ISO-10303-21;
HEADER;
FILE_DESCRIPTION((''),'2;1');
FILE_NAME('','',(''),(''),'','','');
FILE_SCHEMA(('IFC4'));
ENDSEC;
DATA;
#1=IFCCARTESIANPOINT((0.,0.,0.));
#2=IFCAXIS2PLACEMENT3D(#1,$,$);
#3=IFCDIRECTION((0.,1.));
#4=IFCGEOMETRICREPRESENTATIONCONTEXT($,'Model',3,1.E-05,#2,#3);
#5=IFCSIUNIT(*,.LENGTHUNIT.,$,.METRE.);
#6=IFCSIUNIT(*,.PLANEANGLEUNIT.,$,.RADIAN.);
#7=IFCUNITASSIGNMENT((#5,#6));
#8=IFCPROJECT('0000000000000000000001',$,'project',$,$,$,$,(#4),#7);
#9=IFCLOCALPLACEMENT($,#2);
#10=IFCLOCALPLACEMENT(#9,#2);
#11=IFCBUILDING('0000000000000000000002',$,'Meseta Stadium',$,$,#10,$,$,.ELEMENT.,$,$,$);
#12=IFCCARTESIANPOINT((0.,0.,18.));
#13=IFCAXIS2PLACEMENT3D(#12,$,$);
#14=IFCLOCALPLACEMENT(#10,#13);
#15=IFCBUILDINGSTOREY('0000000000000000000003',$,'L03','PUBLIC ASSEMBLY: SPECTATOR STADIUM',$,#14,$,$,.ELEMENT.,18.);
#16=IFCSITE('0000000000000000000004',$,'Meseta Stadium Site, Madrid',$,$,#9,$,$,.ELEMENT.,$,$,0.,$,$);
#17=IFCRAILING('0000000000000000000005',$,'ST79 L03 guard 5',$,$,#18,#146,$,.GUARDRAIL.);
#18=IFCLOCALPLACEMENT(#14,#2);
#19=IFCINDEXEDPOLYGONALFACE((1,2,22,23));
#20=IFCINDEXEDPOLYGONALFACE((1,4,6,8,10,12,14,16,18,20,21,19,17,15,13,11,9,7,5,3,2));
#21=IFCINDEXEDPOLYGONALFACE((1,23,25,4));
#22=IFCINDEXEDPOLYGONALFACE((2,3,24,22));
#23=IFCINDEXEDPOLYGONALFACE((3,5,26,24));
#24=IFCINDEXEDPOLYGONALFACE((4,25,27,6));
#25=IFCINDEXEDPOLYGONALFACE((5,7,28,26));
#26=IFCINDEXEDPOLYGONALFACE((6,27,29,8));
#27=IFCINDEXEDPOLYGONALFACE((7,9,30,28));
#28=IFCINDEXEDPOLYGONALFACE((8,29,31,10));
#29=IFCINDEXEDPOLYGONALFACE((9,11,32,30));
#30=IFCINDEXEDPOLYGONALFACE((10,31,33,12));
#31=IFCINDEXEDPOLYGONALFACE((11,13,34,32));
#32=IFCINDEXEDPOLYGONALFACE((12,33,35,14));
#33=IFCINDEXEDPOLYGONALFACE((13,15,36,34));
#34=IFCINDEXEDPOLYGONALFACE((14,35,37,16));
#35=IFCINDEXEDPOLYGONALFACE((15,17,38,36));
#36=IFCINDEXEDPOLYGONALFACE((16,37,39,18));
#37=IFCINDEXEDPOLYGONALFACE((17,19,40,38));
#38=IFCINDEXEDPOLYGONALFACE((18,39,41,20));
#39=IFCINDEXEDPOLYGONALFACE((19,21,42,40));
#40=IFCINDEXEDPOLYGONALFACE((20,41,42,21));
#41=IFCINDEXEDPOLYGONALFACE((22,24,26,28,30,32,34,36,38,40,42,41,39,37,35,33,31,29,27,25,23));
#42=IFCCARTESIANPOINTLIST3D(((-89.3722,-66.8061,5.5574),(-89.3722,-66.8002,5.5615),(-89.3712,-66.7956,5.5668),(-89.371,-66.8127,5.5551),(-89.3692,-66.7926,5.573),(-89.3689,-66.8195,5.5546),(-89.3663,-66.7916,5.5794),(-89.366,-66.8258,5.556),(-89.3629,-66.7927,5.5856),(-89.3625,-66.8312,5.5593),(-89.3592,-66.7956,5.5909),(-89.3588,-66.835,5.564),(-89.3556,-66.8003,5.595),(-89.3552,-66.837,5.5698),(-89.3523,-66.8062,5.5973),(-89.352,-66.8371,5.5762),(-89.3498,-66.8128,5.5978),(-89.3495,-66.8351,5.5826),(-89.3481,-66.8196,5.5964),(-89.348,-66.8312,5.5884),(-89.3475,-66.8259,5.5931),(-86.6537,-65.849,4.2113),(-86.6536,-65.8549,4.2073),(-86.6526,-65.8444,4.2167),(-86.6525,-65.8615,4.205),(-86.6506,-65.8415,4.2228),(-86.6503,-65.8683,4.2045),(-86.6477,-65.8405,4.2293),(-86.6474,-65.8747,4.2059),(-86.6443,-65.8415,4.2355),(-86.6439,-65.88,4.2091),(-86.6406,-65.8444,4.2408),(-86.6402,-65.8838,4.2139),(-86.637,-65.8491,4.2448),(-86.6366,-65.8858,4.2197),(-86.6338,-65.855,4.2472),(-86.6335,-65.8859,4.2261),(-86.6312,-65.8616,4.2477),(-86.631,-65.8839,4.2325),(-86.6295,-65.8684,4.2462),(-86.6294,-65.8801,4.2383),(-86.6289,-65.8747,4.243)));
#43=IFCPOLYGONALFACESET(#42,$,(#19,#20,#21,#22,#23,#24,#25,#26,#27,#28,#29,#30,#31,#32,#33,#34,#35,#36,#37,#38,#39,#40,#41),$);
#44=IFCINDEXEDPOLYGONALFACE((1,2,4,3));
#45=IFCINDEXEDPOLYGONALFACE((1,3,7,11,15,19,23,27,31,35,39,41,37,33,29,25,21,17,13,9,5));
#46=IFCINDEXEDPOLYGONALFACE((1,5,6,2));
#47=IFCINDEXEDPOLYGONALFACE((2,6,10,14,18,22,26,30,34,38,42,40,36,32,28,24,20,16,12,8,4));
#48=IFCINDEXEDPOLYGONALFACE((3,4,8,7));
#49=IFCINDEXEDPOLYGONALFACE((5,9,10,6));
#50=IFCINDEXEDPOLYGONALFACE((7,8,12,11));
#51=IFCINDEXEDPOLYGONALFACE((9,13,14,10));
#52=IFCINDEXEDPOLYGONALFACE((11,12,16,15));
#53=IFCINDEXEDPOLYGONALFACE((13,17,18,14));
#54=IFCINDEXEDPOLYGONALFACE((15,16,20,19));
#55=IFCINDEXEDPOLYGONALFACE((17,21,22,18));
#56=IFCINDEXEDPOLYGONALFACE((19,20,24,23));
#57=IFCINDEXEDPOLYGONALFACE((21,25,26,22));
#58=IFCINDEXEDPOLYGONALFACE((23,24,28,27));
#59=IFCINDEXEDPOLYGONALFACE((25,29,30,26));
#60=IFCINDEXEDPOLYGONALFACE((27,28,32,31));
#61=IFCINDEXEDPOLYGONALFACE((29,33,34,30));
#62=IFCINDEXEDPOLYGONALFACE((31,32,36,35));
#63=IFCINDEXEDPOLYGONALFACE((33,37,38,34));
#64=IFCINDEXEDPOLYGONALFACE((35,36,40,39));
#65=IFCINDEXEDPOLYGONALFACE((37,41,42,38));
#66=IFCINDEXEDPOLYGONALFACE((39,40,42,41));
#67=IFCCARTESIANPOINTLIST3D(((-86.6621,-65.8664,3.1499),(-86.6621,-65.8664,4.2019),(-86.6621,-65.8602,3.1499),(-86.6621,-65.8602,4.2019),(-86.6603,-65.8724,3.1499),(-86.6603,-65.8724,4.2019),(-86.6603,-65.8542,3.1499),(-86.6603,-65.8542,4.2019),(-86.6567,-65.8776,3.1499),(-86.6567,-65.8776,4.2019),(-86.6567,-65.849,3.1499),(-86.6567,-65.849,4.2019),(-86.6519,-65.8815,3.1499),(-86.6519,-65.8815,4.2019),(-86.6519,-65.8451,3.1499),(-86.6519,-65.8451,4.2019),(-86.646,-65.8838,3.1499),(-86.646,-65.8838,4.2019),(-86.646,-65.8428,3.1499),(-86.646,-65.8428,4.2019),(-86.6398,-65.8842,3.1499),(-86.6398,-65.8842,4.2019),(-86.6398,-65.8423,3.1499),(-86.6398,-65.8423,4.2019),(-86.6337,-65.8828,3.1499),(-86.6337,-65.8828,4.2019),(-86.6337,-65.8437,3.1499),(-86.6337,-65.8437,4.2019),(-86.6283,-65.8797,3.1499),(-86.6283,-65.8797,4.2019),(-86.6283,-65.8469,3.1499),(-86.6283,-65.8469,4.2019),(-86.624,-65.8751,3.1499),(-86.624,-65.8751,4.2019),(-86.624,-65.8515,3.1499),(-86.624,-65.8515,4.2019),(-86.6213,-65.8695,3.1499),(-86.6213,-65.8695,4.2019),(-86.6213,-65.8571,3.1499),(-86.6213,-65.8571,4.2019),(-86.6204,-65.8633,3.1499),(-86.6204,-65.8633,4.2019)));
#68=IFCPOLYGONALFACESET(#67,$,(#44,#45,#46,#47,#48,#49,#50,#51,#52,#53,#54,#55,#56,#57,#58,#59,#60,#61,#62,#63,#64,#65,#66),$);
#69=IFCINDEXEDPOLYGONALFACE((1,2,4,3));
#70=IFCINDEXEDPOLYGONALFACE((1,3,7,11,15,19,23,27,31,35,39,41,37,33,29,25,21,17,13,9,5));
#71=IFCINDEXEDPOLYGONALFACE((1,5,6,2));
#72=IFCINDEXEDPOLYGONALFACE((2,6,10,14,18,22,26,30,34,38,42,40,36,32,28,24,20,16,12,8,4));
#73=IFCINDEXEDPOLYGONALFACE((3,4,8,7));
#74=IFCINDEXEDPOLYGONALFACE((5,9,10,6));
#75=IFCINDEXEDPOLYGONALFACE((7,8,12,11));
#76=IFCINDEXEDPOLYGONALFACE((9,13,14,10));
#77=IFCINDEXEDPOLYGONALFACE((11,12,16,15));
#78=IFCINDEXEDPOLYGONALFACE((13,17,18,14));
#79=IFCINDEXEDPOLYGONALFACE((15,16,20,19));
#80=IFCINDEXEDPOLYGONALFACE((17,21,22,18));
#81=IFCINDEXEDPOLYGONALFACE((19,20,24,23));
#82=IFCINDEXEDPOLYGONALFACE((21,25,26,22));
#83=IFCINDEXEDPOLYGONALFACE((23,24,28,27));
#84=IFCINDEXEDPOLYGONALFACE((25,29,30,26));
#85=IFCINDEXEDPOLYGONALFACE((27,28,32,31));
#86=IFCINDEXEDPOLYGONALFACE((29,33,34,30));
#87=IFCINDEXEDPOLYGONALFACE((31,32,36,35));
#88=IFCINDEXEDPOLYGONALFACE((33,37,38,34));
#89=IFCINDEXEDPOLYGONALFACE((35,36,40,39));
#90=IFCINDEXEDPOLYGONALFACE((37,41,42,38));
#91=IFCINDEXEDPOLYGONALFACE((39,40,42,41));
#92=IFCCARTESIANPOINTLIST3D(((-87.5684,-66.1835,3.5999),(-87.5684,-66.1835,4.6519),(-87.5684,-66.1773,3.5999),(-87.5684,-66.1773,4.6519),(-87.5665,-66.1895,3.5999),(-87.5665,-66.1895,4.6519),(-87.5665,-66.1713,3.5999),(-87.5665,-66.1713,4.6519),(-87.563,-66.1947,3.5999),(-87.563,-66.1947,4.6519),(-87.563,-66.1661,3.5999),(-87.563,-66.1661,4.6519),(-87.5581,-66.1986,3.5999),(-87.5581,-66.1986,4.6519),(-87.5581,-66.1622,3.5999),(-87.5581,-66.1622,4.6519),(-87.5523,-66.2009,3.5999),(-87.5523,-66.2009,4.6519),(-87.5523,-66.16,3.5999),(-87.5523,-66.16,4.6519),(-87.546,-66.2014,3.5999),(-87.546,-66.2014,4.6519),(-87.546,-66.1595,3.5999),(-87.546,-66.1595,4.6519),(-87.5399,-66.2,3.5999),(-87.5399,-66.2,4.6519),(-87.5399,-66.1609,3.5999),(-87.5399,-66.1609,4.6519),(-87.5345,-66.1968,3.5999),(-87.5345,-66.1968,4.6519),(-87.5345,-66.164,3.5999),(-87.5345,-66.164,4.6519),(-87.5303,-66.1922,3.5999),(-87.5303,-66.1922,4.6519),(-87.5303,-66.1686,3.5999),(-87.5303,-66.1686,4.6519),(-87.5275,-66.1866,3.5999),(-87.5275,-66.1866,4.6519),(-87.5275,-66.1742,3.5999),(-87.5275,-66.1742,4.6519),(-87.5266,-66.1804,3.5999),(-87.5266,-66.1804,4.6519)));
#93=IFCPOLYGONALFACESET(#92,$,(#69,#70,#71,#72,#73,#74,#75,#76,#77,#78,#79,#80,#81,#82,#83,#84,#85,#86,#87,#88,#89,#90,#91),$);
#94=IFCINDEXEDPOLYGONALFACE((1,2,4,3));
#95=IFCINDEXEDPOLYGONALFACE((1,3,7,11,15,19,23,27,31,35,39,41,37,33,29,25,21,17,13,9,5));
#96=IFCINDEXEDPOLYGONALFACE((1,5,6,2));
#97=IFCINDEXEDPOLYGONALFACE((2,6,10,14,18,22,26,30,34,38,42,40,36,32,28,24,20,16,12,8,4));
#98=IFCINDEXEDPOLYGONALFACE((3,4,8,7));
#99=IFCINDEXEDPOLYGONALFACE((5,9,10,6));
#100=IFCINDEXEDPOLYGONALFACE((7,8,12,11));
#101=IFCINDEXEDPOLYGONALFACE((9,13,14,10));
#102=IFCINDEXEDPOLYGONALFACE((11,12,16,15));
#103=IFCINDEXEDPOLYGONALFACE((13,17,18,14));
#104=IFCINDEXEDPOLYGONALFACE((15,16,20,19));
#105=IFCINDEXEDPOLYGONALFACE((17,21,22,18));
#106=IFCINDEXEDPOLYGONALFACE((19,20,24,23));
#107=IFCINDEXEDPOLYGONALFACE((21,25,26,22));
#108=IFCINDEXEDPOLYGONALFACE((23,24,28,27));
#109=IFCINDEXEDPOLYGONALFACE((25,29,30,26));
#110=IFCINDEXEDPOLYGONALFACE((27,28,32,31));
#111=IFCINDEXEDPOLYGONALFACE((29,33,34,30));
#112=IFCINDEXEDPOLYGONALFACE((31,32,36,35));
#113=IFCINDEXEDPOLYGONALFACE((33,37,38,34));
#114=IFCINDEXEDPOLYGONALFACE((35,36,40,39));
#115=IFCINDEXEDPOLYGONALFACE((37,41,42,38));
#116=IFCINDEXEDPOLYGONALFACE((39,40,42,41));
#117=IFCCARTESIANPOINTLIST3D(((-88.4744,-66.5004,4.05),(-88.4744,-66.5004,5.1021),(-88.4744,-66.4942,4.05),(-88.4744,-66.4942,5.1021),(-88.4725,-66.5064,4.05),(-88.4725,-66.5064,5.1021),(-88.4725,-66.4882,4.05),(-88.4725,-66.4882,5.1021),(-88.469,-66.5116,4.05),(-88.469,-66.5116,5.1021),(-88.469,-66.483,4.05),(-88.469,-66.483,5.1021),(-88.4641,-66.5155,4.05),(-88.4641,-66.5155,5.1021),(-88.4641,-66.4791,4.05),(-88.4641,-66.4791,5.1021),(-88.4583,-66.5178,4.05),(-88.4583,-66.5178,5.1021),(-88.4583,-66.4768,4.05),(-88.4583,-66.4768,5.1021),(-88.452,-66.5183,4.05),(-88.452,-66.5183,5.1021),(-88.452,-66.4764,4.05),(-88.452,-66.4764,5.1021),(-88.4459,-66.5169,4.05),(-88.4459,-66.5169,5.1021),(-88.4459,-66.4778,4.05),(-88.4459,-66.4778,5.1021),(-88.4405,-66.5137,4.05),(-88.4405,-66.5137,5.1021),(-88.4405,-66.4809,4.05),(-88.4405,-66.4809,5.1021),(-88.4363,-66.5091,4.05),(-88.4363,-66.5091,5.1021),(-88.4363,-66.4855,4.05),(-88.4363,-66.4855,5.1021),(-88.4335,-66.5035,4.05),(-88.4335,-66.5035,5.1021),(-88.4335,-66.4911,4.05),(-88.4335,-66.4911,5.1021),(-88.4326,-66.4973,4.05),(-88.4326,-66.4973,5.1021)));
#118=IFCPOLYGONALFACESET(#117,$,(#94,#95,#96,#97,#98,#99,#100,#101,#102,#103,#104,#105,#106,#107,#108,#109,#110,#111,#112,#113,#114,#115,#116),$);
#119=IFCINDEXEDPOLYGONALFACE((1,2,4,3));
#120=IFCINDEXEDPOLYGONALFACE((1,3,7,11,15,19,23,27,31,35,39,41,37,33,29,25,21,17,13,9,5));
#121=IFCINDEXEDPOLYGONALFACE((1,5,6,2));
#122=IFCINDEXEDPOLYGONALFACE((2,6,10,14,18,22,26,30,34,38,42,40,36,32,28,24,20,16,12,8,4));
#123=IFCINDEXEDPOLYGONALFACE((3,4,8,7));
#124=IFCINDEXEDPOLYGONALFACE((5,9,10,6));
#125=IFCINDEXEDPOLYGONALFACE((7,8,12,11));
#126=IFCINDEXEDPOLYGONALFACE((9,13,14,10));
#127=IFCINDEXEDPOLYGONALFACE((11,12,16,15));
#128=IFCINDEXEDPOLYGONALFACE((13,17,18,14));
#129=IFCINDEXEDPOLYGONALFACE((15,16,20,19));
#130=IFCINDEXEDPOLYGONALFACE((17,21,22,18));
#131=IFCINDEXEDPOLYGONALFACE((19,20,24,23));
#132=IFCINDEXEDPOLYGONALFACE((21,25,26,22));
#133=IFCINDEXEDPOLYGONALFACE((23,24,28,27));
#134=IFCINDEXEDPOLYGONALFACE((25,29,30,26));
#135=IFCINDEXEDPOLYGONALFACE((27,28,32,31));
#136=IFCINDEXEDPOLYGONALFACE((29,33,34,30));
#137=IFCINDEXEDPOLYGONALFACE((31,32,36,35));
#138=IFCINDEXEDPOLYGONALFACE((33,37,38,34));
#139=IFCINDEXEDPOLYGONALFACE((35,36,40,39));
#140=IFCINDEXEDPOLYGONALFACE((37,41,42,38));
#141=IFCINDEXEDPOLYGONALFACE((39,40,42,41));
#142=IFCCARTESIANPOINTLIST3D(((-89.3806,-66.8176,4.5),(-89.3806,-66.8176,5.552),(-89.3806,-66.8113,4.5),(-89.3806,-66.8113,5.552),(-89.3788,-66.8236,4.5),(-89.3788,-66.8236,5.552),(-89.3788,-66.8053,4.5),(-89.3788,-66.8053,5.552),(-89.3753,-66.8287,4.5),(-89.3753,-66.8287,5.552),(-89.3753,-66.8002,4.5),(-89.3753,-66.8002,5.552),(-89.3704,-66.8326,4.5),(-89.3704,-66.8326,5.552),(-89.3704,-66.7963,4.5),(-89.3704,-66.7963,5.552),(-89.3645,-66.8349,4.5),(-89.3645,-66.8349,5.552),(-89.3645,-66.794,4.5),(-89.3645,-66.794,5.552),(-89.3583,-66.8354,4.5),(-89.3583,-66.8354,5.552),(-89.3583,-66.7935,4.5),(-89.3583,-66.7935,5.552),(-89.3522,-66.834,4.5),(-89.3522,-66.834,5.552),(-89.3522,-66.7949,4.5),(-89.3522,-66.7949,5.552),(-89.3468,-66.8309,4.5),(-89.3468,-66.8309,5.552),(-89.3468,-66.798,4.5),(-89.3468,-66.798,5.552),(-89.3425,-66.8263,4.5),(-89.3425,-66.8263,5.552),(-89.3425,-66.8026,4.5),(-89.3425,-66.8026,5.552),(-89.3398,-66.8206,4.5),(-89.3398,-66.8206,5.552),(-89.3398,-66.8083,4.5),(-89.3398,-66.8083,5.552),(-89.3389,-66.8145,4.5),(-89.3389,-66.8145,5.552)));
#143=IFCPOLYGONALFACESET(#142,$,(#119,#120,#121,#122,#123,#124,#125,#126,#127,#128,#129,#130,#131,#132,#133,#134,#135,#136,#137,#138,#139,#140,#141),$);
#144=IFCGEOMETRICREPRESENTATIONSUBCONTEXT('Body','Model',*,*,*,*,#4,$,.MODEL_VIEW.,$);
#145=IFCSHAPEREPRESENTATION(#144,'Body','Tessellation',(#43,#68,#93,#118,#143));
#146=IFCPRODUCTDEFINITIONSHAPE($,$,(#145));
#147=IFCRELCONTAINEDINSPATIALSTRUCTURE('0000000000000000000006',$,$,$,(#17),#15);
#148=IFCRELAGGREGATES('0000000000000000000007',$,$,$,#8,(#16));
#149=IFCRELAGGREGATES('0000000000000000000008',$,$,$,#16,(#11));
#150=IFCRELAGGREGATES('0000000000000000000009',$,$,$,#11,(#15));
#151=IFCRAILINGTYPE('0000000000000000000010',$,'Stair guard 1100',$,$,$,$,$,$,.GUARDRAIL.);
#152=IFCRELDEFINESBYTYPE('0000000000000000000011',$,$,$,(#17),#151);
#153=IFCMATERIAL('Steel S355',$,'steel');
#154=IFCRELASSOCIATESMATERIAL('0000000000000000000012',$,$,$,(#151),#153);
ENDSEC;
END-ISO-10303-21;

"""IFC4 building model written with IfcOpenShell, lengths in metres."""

from ifc_helpers import new_model, si_unit, direction, frame, origin, origin_2d, place, context, subcontext, project, spatial, circle, extrude, material, type_object, element, save


model = new_model("IFC4")

# Units and contexts
model_context = context("Model", 3, precision=1e-05, world=origin(), true_north=direction((0.0, 1.0)))
body_context = subcontext(model_context, "Body", "Model", "MODEL_VIEW")
ifc_project = project(units=[si_unit("LENGTHUNIT", "METRE"), si_unit("PLANEANGLEUNIT", "RADIAN")], contexts=[model_context])

# Site, building, storey
site_placement = place(None, origin())
site = spatial("IfcSite", under=ifc_project, at=site_placement, Name="Meseta Stadium Site, Madrid", CompositionType="ELEMENT", RefElevation=0.0)
building_placement = place(site_placement, origin())
building = spatial("IfcBuilding", under=site, at=building_placement, Name="Meseta Stadium", CompositionType="ELEMENT")
storey_placement = place(building_placement, frame((0.0, 0.0, 18.0)))
storey = spatial("IfcBuildingStorey", under=building, at=storey_placement, Name="L03", Description="PUBLIC ASSEMBLY: SPECTATOR STADIUM", CompositionType="ELEMENT", Elevation=18.0)

# Railing
ifc_material_1 = material(Name="Steel S355", Category="steel")
railing_type_1 = type_object("IfcRailingType", Name="Stair guard 1100", PredefinedType="GUARDRAIL", material=ifc_material_1)
railing_1_placement = place(storey_placement, frame((-86.6414, -65.8633, 3.1499)))
element("IfcRailing", 1, at=railing_1_placement, inside=storey, type_object=railing_type_1, Name="ST79 L03 guard 5", PredefinedType="GUARDRAIL", context=body_context, shape_type="SweptSolid", body=[
    extrude(circle(Radius=0.0239, at=origin_2d()), frame((0.0, 0.0, 1.0762), z_axis=(-0.854649, -0.299031, 0.424446), x_axis=(0.330256, -0.943891, 0.0)), (0.0, 0.0, 1.0), 3.1809),
    extrude(circle(Radius=0.021, at=origin_2d()), origin(), (0.0, 0.0, 1.0), 1.052),
    extrude(circle(Radius=0.021, at=origin_2d()), frame((-0.9062, -0.3171, 0.45)), (0.0, 0.0, 1.0), 1.052),
    extrude(circle(Radius=0.021, at=origin_2d()), frame((-1.8123, -0.634, 0.9001)), (0.0, 0.0, 1.0), 1.052),
    extrude(circle(Radius=0.021, at=origin_2d()), frame((-2.7185, -0.9512, 1.3501)), (0.0, 0.0, 1.0), 1.052),
])

save(model, "model.ifc")
